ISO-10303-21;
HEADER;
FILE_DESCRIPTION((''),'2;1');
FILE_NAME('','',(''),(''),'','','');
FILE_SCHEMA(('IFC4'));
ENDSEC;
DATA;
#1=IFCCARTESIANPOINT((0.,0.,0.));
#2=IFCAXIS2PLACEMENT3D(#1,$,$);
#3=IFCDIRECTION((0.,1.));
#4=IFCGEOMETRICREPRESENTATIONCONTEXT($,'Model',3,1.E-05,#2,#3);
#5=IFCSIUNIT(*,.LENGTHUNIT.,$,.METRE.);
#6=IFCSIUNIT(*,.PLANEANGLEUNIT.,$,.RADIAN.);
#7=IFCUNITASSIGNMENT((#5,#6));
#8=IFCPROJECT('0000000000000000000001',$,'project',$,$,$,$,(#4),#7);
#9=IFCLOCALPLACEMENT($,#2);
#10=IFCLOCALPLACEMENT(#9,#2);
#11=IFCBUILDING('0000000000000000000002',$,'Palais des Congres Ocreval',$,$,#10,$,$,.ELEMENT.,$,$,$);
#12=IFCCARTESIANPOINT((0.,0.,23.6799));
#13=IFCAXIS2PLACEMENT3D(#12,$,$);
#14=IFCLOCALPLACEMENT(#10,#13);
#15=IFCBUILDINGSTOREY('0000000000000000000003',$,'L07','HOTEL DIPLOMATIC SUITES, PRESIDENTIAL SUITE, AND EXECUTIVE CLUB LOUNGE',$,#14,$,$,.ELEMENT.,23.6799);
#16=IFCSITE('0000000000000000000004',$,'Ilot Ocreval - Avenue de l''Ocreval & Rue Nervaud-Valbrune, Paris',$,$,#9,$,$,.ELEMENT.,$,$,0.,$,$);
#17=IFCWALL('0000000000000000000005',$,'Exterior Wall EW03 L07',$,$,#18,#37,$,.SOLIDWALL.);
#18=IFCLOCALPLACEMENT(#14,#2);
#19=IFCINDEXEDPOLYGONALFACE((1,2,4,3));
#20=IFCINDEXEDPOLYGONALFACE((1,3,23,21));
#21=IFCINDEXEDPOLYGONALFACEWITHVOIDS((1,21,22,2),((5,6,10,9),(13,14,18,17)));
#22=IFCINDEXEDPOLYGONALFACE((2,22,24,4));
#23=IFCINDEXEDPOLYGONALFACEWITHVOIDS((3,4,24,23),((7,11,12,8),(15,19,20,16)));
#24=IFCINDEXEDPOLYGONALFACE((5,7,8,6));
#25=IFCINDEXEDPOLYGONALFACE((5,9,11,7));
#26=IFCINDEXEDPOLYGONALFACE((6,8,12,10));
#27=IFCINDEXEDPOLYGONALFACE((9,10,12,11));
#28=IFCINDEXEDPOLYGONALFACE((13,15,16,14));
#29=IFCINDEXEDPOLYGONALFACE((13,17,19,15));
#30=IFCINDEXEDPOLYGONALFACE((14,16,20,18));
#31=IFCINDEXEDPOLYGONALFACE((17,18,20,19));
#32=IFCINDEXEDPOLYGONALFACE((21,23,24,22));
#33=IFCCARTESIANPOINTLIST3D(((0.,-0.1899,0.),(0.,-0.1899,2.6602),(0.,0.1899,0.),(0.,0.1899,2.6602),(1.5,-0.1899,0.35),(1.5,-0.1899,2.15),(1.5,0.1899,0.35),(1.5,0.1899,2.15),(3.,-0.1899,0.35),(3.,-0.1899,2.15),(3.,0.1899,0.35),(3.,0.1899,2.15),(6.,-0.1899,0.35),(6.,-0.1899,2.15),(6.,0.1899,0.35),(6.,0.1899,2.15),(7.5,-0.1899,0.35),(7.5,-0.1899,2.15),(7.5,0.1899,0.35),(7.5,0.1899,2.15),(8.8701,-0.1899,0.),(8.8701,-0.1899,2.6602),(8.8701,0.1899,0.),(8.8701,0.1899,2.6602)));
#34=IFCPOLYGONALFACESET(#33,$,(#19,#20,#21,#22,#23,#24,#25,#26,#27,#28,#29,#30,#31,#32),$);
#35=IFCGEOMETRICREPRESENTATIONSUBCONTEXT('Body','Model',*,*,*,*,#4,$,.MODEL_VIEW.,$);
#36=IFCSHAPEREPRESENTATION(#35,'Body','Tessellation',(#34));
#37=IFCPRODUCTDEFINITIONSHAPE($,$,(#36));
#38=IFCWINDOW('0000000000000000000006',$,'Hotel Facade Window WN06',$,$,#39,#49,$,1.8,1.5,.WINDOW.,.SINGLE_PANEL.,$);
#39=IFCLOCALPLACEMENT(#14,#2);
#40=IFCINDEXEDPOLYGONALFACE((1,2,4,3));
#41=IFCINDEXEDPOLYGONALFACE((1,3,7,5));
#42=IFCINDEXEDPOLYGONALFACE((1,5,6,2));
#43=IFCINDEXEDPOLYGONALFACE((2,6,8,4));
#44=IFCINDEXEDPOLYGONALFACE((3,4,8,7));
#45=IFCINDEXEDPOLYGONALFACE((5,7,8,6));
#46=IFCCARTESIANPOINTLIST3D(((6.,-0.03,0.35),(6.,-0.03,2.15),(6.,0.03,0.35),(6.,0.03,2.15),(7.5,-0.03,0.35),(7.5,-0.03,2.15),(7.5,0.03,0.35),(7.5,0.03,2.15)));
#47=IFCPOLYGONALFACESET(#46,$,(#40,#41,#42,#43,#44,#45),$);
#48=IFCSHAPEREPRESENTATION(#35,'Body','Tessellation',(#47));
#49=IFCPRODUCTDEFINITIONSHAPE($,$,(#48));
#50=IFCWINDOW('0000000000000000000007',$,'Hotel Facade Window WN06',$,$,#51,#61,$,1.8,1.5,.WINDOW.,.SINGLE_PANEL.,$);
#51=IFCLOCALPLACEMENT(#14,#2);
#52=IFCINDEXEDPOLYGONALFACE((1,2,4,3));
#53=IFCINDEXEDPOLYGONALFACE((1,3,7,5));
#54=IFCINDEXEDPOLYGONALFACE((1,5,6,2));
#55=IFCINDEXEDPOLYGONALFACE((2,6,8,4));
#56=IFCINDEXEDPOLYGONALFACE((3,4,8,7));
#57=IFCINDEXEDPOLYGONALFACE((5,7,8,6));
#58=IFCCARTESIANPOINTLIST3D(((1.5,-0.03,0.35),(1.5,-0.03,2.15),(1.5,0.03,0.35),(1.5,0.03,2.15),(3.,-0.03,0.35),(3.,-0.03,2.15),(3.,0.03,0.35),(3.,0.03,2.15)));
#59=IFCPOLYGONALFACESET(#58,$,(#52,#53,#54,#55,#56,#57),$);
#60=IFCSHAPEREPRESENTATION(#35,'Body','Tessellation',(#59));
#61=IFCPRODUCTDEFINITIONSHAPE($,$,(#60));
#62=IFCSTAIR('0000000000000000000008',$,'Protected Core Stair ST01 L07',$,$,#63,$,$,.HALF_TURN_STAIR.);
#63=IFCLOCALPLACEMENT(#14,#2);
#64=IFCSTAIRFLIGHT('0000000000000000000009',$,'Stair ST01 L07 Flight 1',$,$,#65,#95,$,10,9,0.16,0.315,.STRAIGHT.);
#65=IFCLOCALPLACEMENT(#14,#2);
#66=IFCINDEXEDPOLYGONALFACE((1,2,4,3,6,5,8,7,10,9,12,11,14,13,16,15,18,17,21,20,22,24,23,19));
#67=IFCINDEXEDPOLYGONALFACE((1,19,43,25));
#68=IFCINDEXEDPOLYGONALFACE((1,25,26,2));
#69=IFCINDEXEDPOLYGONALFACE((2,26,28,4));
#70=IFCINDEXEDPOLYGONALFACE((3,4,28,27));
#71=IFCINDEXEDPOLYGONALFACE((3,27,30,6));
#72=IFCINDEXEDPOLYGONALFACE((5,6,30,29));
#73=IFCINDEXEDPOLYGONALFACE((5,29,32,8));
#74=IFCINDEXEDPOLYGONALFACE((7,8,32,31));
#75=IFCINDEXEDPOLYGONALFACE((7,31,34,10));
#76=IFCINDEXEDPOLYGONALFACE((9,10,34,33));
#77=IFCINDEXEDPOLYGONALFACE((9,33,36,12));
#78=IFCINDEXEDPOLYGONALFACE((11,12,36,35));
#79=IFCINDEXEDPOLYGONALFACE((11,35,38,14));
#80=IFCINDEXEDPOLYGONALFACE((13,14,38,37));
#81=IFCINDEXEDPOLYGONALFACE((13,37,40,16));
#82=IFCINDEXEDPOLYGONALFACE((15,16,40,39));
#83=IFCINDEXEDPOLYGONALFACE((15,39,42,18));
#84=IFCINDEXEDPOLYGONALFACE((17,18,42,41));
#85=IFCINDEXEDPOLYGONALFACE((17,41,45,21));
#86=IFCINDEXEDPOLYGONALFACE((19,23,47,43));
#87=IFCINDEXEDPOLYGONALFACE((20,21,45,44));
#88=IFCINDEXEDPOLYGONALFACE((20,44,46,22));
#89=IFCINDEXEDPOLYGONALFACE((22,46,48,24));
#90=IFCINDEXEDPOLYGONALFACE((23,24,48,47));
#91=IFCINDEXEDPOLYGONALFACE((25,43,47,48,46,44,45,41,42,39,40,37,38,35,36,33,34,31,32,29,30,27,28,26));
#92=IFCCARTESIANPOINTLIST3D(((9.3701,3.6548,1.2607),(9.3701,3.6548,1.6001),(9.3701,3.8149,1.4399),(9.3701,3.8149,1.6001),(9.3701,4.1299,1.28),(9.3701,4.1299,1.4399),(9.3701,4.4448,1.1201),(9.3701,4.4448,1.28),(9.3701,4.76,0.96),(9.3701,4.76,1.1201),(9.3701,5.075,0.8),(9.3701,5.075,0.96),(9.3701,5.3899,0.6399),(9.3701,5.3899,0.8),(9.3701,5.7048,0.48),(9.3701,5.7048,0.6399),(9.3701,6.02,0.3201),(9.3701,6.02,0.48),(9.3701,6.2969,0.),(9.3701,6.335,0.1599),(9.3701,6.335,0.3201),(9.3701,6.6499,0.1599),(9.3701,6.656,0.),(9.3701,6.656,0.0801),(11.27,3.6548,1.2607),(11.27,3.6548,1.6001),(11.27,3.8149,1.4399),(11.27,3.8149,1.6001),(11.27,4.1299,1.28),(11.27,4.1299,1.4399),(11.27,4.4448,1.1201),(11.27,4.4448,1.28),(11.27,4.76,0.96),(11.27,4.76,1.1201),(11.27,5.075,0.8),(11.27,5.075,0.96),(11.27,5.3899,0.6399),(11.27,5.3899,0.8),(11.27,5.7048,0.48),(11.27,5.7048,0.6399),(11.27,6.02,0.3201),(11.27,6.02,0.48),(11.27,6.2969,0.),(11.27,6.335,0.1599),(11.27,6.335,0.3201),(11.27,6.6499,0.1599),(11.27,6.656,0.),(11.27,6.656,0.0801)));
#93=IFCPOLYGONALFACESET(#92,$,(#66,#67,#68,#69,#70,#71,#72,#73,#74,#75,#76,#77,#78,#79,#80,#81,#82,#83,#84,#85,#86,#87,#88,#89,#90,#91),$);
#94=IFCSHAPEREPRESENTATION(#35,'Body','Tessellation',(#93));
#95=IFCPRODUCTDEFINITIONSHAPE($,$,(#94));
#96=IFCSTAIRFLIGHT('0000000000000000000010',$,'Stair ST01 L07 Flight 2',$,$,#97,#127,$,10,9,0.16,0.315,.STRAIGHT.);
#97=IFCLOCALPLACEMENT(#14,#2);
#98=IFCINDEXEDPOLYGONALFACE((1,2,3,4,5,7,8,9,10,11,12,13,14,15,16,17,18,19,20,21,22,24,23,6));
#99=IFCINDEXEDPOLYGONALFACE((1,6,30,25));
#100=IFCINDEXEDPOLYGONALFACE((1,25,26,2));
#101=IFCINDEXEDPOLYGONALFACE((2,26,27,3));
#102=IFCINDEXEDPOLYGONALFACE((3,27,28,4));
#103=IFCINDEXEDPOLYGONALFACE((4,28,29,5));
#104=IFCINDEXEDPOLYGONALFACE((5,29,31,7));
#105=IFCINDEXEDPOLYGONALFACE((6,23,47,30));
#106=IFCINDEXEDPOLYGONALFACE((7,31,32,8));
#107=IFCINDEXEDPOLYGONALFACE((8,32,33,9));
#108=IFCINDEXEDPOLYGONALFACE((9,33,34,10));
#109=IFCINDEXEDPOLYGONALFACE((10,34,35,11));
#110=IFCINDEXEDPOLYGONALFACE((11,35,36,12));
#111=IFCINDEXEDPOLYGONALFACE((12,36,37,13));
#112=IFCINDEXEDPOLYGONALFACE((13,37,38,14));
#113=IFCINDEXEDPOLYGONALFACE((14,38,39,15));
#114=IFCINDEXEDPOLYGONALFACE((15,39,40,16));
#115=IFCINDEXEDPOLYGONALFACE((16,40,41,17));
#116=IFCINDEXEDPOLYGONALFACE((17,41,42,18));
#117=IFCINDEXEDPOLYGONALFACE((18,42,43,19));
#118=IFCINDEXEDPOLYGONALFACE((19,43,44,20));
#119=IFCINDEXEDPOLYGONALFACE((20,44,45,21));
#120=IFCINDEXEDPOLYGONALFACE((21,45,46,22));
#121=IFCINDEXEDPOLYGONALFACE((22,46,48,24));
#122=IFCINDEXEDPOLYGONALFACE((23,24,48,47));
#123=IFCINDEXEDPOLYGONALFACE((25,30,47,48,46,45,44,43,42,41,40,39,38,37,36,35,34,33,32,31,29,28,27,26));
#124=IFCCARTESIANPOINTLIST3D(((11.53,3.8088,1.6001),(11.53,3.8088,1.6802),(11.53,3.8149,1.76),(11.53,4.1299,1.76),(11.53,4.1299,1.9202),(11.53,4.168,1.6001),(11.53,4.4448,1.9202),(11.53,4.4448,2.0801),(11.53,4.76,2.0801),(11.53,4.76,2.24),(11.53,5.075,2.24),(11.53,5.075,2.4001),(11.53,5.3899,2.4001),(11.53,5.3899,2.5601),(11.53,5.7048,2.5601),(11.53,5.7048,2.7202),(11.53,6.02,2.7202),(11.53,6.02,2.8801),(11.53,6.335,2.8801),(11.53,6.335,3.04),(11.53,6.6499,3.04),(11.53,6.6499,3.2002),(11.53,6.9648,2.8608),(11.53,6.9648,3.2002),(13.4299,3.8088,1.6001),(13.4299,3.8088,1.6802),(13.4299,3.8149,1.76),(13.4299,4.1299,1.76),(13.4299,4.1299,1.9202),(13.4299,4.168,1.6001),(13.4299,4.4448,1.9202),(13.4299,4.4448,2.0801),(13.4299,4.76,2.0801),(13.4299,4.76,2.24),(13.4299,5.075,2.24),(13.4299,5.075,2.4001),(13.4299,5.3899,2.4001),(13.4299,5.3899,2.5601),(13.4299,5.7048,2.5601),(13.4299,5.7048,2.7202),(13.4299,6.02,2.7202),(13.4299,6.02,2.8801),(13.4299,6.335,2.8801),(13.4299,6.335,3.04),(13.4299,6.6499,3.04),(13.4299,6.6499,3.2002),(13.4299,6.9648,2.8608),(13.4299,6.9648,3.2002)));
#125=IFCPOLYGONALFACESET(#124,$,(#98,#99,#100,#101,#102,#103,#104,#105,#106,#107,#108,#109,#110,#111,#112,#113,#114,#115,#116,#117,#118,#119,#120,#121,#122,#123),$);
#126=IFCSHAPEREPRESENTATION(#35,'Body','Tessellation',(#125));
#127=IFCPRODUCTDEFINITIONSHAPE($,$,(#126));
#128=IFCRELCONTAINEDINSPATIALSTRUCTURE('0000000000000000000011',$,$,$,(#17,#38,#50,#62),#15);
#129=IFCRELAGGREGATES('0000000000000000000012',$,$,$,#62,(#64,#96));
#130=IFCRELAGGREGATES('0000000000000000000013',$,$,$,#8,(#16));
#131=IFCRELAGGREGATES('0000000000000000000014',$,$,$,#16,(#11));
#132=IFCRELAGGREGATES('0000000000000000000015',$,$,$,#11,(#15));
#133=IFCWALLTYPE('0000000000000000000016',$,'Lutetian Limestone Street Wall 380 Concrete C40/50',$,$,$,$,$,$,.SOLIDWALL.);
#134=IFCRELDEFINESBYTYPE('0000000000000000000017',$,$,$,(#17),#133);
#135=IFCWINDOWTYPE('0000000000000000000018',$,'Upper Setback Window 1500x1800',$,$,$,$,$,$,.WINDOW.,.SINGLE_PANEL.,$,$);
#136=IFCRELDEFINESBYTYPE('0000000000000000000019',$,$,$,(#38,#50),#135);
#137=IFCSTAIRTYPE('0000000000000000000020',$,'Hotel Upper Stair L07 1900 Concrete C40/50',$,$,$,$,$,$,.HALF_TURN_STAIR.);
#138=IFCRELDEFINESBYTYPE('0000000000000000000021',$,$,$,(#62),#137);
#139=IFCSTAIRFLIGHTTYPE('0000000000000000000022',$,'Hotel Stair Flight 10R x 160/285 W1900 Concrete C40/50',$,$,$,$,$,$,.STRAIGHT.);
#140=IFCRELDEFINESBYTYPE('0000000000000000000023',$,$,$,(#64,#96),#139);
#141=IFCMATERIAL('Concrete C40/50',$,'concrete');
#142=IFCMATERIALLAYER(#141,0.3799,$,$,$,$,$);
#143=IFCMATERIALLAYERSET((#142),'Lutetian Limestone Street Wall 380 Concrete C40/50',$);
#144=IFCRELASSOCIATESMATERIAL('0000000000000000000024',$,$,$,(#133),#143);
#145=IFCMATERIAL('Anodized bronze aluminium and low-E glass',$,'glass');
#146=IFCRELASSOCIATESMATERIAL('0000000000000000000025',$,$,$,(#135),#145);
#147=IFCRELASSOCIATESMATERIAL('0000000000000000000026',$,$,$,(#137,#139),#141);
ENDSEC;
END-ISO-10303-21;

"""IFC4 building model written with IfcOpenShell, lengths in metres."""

from ifc_helpers import new_model, si_unit, direction, frame, frame_2d, origin, place, context, subcontext, project, spatial, polyline, rectangle, outline, extrude, material, layer, layer_set, type_object, element, fill, aggregate, save


model = new_model("IFC4")

# Units and contexts
model_context = context("Model", 3, precision=1e-05, world=origin(), true_north=direction((0.0, 1.0)))
body_context = subcontext(model_context, "Body", "Model", "MODEL_VIEW")
ifc_project = project(units=[si_unit("LENGTHUNIT", "METRE"), si_unit("PLANEANGLEUNIT", "RADIAN")], contexts=[model_context])

# Site, building, storey
site_placement = place(None, origin())
site = spatial("IfcSite", under=ifc_project, at=site_placement, Name="Ilot Ocreval - Avenue de l'Ocreval & Rue Nervaud-Valbrune, Paris", CompositionType="ELEMENT", RefElevation=0.0)
building_placement = place(site_placement, origin())
building = spatial("IfcBuilding", under=site, at=building_placement, Name="Palais des Congres Ocreval", CompositionType="ELEMENT")
storey_placement = place(building_placement, frame((0.0, 0.0, 23.6799)))
storey = spatial("IfcBuildingStorey", under=building, at=storey_placement, Name="L07", Description="HOTEL DIPLOMATIC SUITES, PRESIDENTIAL SUITE, AND EXECUTIVE CLUB LOUNGE", CompositionType="ELEMENT", Elevation=23.6799)

# Shared definitions
ifc_material_1 = material(Name="Concrete C40/50", Category="concrete")

# Wall, openings, windows
ifc_layer_1 = layer(ifc_material_1, 0.3799)
ifc_layer_set_1 = layer_set([ifc_layer_1], Name="Lutetian Limestone Street Wall 380 Concrete C40/50")
wall_type_1 = type_object("IfcWallType", Name="Lutetian Limestone Street Wall 380 Concrete C40/50", PredefinedType="SOLIDWALL", material=ifc_layer_set_1)
wall_1_placement = place(storey_placement, frame((8.8701, 0.0, 0.0), z_axis=(0.0, 0.0, 1.0), x_axis=(-1.0, 0.0, 0.0)))
wall_1 = element("IfcWall", 1, at=wall_1_placement, inside=storey, type_object=wall_type_1, Name="Exterior Wall EW03 L07", PredefinedType="SOLIDWALL", context=body_context, shape_type="SweptSolid", body=[
    extrude(rectangle(XDim=8.8701, YDim=0.3799, at=frame_2d((4.4351, 0.0))), origin(), (0.0, 0.0, 1.0), 2.6602),
])
opening_1_placement = place(wall_1_placement, frame((1.3701, 0.0, 0.3501)))
opening_1 = element("IfcOpeningElement", 2, at=opening_1_placement, cuts=wall_1, PredefinedType="OPENING", context=body_context, shape_type="SweptSolid", body=[
    extrude(rectangle(XDim=1.5, YDim=1.8, at=frame_2d((0.75, 0.8999))), frame((0.0, 0.2, 0.0), z_axis=(0.0, -1.0, 0.0), x_axis=(1.0, 0.0, 0.0)), (0.0, 0.0, 1.0), 0.3999),
])
opening_2_placement = place(wall_1_placement, frame((5.8701, 0.0, 0.3501)))
opening_2 = element("IfcOpeningElement", 3, at=opening_2_placement, cuts=wall_1, PredefinedType="OPENING", context=body_context, shape_type="SweptSolid", body=[
    extrude(rectangle(XDim=1.5, YDim=1.8, at=frame_2d((0.75, 0.8999))), frame((0.0, 0.2, 0.0), z_axis=(0.0, -1.0, 0.0), x_axis=(1.0, 0.0, 0.0)), (0.0, 0.0, 1.0), 0.3999),
])
ifc_material_2 = material(Name="Anodized bronze aluminium and low-E glass", Category="glass")
window_type = type_object("IfcWindowType", Name="Upper Setback Window 1500x1800", PartitioningType="SINGLE_PANEL", PredefinedType="WINDOW", material=ifc_material_2)
window_1_placement = place(opening_1_placement, origin())
window_1 = element("IfcWindow", 4, at=window_1_placement, inside=storey, type_object=window_type, Name="Hotel Facade Window WN06", OverallHeight=1.8, OverallWidth=1.5, PartitioningType="SINGLE_PANEL", PredefinedType="WINDOW", context=body_context, shape_type="SweptSolid", body=[
    extrude(rectangle(XDim=1.5, YDim=1.8, at=frame_2d((0.75, 0.8999))), frame((0.0, 0.03, 0.0), z_axis=(0.0, -1.0, 0.0), x_axis=(1.0, 0.0, 0.0)), (0.0, 0.0, 1.0), 0.0601),
])
fill(opening_1, window_1)
window_2_placement = place(opening_2_placement, origin())
window_2 = element("IfcWindow", 5, at=window_2_placement, inside=storey, type_object=window_type, Name="Hotel Facade Window WN06", OverallHeight=1.8, OverallWidth=1.5, PartitioningType="SINGLE_PANEL", PredefinedType="WINDOW", context=body_context, shape_type="SweptSolid", body=[
    extrude(rectangle(XDim=1.5, YDim=1.8, at=frame_2d((0.75, 0.8999))), frame((0.0, 0.03, 0.0), z_axis=(0.0, -1.0, 0.0), x_axis=(1.0, 0.0, 0.0)), (0.0, 0.0, 1.0), 0.0601),
])
fill(opening_2, window_2)

# Stair, stair flights
stair_type = type_object("IfcStairType", Name="Hotel Upper Stair L07 1900 Concrete C40/50", PredefinedType="HALF_TURN_STAIR", material=ifc_material_1)
stair_placement = place(storey_placement, origin())
stair = element("IfcStair", 6, at=stair_placement, inside=storey, type_object=stair_type, Name="Protected Core Stair ST01 L07", PredefinedType="HALF_TURN_STAIR")
stair_flight_type = type_object("IfcStairFlightType", Name="Hotel Stair Flight 10R x 160/285 W1900 Concrete C40/50", PredefinedType="STRAIGHT", material=ifc_material_1)
stair_flight_1_placement = place(storey_placement, frame((10.3201, 6.6499, 0.0), z_axis=(0.0, 0.0, 1.0), x_axis=(0.0, -1.0, 0.0)))
stair_flight_1 = element("IfcStairFlight", 7, at=stair_flight_1_placement, type_object=stair_flight_type, Name="Stair ST01 L07 Flight 1", NumberOfRisers=10, NumberOfTreads=9, PredefinedType="STRAIGHT", RiserHeight=0.16, TreadLength=0.315, context=body_context, shape_type="SweptSolid", body=[
    extrude(outline(polyline([(-0.0061, 0.0), (-0.0061, 0.0801), (0.0, 0.1599), (0.3149, 0.1599), (0.3149, 0.3201), (0.6299, 0.3201), (0.6299, 0.48), (0.9451, 0.48), (0.9451, 0.6399), (1.26, 0.6399), (1.26, 0.8), (1.575, 0.8), (1.575, 0.96), (1.8899, 0.96), (1.8899, 1.1201), (2.2051, 1.1201), (2.2051, 1.28), (2.52, 1.28), (2.52, 1.4399), (2.835, 1.4399), (2.835, 1.6001), (2.9951, 1.6001), (2.9951, 1.2607), (0.353, 0.0), (-0.0061, 0.0)])), frame((0.0, 0.95, 0.0), z_axis=(0.0, -1.0, 0.0), x_axis=(1.0, 0.0, 0.0)), (0.0, 0.0, 1.0), 1.8999),
])
stair_flight_2_placement = place(storey_placement, frame((12.48, 3.8149, 1.6001), z_axis=(0.0, 0.0, 1.0), x_axis=(0.0, 1.0, 0.0)))
stair_flight_2 = element("IfcStairFlight", 8, at=stair_flight_2_placement, type_object=stair_flight_type, Name="Stair ST01 L07 Flight 2", NumberOfRisers=10, NumberOfTreads=9, PredefinedType="STRAIGHT", RiserHeight=0.16, TreadLength=0.315, context=body_context, shape_type="SweptSolid", body=[
    extrude(outline(polyline([(-0.0061, 0.0), (-0.0061, 0.0801), (0.0, 0.1599), (0.3149, 0.1599), (0.3149, 0.3201), (0.6299, 0.3201), (0.6299, 0.48), (0.9451, 0.48), (0.9451, 0.6399), (1.26, 0.6399), (1.26, 0.8), (1.575, 0.8), (1.575, 0.96), (1.8899, 0.96), (1.8899, 1.1201), (2.2051, 1.1201), (2.2051, 1.28), (2.52, 1.28), (2.52, 1.4399), (2.835, 1.4399), (2.835, 1.6001), (3.1499, 1.6001), (3.1499, 1.2607), (0.353, 0.0), (-0.0061, 0.0)])), frame((0.0, 0.95, 0.0), z_axis=(0.0, -1.0, 0.0), x_axis=(1.0, 0.0, 0.0)), (0.0, 0.0, 1.0), 1.8999),
])
aggregate(stair, [stair_flight_1, stair_flight_2])

save(model, "model.ifc")
